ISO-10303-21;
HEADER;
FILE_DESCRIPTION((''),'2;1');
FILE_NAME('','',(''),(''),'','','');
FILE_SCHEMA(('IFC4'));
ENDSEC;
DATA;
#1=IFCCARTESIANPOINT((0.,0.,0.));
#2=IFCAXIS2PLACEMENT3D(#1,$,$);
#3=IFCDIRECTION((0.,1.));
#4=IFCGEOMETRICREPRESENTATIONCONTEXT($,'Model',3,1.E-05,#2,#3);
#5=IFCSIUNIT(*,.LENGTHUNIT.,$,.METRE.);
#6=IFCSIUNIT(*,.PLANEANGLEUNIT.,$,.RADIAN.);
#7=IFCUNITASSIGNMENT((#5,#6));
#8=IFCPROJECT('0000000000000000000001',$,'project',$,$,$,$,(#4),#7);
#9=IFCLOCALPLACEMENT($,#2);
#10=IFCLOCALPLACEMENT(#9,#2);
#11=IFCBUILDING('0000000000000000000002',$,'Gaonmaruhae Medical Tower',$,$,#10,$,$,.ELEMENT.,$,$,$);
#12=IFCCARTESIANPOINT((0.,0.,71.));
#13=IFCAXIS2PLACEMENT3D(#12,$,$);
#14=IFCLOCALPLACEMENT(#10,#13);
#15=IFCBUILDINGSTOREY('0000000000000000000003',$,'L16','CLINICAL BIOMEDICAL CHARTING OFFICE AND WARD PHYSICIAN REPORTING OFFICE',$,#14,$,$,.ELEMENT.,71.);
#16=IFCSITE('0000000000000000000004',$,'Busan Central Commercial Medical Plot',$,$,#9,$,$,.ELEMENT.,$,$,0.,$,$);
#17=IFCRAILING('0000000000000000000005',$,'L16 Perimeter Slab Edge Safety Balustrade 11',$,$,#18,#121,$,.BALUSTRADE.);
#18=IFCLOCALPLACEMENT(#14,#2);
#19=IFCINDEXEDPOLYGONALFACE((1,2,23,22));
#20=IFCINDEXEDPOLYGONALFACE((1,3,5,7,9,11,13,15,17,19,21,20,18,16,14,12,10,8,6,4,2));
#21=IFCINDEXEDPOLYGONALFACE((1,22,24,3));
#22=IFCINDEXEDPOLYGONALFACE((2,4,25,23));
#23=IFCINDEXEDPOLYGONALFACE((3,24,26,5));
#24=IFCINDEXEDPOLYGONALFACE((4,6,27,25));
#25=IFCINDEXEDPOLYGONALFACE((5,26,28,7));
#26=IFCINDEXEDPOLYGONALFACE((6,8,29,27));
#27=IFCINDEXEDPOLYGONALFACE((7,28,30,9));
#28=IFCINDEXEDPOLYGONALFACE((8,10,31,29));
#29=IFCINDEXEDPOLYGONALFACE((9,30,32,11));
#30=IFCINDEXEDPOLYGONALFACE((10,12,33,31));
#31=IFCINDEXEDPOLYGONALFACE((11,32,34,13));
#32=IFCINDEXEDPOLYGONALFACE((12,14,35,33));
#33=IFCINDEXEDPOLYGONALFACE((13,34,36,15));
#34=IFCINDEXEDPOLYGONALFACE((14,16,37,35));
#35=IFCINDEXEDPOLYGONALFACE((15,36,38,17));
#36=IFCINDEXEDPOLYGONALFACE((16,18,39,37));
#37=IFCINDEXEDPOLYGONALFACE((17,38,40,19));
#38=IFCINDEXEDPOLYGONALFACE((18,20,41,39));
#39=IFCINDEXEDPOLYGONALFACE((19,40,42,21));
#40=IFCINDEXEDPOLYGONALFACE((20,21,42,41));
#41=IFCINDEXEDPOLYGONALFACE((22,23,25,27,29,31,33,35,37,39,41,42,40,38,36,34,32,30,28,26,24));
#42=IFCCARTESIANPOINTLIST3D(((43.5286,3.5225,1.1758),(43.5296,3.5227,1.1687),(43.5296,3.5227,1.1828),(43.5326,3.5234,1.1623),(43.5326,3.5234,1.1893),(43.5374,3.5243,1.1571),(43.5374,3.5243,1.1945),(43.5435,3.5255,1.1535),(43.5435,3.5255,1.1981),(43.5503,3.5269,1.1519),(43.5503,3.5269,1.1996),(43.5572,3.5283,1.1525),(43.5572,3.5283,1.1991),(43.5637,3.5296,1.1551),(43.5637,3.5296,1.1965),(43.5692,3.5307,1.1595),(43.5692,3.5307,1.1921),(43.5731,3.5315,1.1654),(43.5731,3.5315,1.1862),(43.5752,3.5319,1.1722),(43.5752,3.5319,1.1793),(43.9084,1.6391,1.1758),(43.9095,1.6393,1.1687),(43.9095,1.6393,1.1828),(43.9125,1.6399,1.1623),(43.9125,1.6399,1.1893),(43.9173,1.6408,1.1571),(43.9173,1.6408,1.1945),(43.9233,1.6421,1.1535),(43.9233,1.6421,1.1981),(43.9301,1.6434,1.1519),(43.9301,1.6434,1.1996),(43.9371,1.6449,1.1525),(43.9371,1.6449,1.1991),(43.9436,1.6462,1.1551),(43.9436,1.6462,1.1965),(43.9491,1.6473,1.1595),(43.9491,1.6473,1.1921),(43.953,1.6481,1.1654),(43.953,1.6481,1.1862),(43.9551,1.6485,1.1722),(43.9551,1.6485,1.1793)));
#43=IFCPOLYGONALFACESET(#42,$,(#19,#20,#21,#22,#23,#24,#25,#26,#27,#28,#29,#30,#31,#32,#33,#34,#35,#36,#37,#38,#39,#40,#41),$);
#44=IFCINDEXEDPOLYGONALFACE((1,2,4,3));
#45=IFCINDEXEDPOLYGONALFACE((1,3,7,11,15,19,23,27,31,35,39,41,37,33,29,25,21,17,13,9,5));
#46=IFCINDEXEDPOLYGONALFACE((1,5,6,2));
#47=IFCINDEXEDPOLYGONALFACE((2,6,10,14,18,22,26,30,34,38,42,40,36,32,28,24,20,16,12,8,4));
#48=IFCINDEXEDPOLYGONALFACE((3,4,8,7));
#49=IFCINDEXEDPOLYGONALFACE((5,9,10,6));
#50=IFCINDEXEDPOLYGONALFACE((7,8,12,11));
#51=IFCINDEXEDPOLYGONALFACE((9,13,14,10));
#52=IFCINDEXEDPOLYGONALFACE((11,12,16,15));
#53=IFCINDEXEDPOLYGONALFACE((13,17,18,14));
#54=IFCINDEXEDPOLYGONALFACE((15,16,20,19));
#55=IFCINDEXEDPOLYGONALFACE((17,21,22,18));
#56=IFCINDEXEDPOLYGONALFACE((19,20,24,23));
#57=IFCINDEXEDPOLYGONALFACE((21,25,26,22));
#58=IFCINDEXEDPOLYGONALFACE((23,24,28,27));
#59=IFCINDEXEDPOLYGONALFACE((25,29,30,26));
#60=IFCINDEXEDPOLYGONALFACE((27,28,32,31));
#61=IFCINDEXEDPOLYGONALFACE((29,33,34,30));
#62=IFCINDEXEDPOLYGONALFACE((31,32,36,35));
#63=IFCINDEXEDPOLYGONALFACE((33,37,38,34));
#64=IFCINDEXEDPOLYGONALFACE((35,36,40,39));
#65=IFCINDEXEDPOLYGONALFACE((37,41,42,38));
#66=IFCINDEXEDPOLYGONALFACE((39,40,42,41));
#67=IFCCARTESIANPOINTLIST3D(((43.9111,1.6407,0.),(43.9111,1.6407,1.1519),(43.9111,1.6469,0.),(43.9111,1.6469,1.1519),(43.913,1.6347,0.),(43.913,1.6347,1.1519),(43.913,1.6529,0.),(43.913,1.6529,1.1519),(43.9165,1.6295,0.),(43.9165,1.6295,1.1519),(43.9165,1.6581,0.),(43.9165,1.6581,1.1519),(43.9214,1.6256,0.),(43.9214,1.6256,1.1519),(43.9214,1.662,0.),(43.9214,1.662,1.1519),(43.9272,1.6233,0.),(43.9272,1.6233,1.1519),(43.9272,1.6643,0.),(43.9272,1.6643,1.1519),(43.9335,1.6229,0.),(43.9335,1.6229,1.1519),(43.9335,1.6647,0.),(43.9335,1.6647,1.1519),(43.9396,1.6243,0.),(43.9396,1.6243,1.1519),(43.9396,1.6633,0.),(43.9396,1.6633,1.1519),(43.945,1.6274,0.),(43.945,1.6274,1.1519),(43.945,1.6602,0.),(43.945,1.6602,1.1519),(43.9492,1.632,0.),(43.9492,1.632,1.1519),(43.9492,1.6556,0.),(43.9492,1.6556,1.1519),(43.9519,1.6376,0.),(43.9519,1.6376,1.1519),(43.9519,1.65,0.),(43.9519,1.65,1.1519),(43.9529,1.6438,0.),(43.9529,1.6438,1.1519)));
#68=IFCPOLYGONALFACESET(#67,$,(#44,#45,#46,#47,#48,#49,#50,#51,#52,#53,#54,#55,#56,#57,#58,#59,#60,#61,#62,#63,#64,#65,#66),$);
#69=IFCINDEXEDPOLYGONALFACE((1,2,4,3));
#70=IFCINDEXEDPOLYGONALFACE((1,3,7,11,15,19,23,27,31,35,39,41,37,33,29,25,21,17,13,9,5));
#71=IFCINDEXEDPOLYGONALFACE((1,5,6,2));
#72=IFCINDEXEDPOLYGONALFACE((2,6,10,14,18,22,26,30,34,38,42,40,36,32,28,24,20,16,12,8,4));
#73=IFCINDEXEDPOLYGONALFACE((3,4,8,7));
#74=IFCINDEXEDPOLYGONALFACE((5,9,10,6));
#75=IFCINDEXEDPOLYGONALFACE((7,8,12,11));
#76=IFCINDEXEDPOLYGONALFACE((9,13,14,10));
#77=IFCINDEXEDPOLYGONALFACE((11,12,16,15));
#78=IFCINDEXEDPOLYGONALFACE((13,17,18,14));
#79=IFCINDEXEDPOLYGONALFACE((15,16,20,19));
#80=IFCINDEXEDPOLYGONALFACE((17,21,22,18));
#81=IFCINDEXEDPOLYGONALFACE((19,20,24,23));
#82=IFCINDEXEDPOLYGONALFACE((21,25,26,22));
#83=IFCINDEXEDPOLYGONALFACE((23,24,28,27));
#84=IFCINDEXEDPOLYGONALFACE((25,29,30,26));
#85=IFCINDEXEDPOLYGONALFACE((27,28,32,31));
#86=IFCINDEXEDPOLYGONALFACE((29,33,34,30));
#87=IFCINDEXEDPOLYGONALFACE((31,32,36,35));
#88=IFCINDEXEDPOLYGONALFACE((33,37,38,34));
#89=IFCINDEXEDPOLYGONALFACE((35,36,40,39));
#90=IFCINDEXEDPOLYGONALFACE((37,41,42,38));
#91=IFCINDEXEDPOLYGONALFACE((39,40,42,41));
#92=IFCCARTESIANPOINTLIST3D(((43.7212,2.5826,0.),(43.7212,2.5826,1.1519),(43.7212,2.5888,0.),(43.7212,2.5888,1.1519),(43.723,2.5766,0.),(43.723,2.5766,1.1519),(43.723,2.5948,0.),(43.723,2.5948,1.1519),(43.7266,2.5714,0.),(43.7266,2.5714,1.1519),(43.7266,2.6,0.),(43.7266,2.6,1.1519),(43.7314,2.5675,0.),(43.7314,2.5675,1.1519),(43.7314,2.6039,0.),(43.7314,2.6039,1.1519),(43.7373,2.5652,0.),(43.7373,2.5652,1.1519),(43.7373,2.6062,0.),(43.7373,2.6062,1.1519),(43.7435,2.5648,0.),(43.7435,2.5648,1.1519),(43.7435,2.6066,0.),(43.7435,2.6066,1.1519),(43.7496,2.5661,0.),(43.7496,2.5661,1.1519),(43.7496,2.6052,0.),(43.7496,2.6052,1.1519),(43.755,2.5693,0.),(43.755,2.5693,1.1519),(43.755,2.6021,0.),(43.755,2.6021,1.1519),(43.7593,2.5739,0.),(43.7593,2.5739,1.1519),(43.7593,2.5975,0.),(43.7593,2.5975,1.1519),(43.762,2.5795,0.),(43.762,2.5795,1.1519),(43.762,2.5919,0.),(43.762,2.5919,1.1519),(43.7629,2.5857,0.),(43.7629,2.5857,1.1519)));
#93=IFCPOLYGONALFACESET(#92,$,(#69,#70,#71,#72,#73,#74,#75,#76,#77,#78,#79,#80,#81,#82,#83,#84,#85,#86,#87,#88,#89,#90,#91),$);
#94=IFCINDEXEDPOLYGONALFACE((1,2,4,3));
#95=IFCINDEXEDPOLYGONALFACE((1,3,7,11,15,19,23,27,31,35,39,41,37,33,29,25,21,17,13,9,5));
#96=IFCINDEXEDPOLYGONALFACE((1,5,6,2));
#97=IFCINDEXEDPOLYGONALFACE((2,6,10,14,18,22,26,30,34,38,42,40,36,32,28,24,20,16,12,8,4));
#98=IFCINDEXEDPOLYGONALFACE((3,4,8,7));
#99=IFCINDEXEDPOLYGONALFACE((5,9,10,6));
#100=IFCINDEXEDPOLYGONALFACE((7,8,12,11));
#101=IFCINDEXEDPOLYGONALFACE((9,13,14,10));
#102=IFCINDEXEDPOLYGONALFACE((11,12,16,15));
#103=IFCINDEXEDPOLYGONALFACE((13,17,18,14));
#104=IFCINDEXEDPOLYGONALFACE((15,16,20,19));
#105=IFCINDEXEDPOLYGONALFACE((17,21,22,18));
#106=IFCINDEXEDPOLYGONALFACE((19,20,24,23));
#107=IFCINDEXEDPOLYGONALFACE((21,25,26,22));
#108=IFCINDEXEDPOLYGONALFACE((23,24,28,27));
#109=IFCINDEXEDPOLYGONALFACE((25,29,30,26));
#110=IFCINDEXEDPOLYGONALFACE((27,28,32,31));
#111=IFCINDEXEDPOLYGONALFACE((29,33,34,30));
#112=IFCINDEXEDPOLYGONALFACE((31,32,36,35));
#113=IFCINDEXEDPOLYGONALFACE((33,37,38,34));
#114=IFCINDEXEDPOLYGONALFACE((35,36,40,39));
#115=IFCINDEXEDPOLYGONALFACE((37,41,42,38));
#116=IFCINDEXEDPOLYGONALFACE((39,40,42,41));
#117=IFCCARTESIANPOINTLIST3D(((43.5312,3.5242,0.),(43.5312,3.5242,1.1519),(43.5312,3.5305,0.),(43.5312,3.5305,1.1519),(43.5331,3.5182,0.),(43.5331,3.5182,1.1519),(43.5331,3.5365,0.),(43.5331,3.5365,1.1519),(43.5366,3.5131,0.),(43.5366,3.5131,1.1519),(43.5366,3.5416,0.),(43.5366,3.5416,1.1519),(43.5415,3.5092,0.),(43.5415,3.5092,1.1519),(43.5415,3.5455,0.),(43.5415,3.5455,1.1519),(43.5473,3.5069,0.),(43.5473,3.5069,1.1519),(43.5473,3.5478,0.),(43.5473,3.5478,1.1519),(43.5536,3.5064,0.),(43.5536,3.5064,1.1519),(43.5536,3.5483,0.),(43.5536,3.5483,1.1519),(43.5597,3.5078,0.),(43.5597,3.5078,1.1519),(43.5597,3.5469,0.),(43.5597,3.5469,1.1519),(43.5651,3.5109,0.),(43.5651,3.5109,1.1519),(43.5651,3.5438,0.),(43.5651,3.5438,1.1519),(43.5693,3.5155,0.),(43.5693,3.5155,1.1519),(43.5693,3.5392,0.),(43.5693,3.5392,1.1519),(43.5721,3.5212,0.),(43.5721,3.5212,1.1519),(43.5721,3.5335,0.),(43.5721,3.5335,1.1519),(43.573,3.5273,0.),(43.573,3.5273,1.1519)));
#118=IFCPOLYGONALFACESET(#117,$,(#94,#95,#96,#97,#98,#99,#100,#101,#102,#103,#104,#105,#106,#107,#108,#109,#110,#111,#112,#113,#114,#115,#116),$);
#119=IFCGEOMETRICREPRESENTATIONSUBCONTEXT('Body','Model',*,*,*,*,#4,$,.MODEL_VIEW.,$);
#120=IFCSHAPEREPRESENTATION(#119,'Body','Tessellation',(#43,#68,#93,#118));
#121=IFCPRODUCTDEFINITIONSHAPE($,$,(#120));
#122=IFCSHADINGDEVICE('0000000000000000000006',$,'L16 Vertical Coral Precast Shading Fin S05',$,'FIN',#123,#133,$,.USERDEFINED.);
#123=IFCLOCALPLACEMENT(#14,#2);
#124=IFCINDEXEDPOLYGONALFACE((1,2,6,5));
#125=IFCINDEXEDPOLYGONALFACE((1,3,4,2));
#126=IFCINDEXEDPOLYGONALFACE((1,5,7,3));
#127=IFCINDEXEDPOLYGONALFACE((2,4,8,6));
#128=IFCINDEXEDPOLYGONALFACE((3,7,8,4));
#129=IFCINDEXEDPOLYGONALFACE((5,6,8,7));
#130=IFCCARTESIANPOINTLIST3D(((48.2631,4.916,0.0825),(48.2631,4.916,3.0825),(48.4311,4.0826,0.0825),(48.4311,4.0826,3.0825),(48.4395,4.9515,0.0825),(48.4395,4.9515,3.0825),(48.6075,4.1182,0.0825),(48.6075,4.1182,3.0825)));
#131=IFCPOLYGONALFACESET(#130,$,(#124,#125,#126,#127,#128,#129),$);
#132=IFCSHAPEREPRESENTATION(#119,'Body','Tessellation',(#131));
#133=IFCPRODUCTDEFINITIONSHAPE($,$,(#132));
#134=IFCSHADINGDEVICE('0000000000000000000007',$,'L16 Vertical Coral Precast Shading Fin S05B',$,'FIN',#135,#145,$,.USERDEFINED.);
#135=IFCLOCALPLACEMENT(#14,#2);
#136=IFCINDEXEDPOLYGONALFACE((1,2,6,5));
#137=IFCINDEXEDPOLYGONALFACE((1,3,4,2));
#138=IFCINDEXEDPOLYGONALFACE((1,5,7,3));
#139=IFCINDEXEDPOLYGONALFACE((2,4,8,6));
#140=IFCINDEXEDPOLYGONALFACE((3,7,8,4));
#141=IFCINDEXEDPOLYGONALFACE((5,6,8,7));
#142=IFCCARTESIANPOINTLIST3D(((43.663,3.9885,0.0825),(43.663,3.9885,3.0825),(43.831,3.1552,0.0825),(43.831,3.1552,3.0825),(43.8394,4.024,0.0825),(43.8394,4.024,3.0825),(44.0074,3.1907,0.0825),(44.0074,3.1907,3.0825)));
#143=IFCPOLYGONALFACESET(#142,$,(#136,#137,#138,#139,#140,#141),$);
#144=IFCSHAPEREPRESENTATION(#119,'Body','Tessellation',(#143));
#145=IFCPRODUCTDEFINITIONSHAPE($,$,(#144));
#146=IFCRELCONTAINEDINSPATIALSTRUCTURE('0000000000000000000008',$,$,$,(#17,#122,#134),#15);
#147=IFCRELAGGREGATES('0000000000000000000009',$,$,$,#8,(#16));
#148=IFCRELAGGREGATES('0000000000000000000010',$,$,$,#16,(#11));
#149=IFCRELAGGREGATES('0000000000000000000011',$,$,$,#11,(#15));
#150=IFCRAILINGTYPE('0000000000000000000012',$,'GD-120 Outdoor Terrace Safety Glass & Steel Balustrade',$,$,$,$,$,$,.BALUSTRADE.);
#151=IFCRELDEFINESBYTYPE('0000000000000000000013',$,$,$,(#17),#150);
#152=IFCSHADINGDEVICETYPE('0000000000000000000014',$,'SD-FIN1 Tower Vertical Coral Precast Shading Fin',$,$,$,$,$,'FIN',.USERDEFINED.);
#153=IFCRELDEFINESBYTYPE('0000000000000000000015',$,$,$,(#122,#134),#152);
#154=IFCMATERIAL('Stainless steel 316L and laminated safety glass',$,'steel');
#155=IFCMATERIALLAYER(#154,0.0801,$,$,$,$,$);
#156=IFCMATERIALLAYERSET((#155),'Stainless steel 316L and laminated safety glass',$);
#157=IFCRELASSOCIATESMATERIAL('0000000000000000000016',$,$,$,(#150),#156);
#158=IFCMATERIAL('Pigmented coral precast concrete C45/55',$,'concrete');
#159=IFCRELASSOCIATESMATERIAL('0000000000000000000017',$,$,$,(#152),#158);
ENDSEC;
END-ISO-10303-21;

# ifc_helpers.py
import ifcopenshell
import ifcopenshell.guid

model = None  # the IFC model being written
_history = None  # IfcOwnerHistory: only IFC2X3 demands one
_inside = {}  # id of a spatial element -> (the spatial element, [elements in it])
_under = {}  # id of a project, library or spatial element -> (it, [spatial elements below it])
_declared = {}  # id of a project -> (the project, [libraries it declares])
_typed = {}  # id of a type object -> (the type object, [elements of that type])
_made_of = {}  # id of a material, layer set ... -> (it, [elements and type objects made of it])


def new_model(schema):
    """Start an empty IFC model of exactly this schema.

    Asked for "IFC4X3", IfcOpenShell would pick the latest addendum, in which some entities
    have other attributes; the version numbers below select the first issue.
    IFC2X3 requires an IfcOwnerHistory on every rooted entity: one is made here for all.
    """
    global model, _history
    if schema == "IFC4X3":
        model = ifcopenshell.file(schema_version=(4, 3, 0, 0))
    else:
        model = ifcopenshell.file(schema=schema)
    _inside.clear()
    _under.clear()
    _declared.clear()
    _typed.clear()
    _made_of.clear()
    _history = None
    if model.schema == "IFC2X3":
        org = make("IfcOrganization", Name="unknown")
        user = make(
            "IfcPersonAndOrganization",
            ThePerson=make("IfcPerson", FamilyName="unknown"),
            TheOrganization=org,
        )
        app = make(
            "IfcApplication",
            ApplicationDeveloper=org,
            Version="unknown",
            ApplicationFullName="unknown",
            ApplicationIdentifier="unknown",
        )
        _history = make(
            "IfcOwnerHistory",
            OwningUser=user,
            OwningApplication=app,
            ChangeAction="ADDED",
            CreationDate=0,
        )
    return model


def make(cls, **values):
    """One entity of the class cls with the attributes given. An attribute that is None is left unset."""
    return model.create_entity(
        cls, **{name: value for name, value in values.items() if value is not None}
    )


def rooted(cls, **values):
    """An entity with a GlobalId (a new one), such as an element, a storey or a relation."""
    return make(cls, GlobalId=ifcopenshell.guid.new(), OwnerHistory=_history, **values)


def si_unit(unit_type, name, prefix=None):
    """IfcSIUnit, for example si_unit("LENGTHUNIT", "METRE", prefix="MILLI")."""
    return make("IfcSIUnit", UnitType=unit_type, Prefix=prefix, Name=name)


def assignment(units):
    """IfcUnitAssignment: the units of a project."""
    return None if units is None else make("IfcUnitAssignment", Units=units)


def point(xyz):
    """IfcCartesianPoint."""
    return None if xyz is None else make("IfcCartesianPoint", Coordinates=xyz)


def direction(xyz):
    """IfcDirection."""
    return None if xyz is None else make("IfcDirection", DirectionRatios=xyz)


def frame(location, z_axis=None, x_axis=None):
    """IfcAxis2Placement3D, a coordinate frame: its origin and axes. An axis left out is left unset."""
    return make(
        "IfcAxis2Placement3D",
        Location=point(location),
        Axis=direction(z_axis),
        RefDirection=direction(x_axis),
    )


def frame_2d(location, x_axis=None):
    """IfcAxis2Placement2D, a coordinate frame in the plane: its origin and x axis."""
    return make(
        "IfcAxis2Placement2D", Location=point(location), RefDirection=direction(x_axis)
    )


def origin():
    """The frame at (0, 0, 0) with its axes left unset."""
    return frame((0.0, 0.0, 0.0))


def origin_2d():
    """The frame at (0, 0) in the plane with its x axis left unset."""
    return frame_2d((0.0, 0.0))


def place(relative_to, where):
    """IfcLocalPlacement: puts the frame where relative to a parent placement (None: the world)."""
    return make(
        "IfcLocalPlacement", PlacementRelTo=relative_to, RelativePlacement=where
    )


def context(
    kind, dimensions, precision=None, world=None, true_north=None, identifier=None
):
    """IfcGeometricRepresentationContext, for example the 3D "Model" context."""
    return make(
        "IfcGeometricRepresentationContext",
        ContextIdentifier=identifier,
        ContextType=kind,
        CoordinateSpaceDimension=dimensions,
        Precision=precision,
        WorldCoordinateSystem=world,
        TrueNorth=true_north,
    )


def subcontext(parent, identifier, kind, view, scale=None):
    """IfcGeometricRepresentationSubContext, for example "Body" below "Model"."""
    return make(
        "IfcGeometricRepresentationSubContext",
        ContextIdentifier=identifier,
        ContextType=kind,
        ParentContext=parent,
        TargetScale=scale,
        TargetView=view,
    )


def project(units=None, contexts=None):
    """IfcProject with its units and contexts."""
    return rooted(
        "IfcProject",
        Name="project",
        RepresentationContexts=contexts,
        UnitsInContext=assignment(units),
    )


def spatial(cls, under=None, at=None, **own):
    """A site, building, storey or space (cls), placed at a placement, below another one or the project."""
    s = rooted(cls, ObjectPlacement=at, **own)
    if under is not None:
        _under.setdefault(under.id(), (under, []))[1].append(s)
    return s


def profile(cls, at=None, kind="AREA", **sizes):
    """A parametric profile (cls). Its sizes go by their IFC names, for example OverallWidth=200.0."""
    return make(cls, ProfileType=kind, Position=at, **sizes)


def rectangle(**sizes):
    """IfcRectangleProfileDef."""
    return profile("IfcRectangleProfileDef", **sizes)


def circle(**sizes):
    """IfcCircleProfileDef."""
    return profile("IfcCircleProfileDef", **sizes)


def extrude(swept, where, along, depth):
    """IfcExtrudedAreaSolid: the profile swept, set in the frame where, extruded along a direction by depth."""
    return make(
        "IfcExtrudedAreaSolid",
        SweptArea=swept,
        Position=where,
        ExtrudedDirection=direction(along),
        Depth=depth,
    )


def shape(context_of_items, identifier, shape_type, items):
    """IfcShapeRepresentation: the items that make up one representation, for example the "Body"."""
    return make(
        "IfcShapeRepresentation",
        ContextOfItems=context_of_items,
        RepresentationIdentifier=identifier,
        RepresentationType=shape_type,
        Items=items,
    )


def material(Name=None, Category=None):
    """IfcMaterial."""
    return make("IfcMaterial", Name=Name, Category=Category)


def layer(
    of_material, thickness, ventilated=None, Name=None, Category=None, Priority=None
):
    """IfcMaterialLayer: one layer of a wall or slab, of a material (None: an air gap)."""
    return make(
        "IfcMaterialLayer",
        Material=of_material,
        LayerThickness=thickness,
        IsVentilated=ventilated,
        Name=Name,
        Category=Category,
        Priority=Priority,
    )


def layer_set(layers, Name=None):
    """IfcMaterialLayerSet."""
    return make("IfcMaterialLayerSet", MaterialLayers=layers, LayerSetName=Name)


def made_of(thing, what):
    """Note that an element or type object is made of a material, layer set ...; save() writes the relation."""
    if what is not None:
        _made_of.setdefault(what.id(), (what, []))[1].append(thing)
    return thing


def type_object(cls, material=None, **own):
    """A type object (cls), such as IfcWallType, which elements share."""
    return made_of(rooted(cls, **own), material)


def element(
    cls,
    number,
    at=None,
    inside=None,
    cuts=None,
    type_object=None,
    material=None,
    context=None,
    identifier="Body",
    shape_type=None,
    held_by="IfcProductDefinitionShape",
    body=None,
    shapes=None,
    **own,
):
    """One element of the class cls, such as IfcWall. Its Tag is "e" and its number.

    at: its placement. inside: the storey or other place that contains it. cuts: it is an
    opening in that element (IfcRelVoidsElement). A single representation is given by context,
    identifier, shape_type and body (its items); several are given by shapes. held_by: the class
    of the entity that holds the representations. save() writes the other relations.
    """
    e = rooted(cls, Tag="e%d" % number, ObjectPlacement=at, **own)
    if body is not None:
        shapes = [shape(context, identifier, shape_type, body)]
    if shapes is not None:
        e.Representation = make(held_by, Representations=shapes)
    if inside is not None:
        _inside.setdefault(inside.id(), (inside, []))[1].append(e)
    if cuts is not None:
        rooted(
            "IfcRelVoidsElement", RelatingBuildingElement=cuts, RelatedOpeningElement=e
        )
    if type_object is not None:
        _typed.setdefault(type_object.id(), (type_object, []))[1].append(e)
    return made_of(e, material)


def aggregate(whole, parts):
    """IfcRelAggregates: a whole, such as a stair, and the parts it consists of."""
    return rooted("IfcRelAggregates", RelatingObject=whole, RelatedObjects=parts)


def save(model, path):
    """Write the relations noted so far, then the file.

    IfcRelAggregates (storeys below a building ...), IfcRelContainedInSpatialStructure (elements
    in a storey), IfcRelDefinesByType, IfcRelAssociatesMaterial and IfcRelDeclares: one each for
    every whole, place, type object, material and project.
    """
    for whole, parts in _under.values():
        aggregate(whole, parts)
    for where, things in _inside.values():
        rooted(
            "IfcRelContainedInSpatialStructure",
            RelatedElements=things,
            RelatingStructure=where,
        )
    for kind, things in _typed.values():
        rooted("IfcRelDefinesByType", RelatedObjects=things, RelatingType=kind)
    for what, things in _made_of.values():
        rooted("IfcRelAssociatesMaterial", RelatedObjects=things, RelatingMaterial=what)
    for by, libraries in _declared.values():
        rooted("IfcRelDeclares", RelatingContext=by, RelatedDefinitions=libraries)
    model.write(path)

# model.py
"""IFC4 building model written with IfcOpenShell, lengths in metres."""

from ifc_helpers import new_model, si_unit, direction, frame, origin, origin_2d, place, context, subcontext, project, spatial, rectangle, circle, extrude, material, layer, layer_set, type_object, element, save


model = new_model("IFC4")

# Units and contexts
model_context = context("Model", 3, precision=1e-05, world=origin(), true_north=direction((0.0, 1.0)))
body_context = subcontext(model_context, "Body", "Model", "MODEL_VIEW")
ifc_project = project(units=[si_unit("LENGTHUNIT", "METRE"), si_unit("PLANEANGLEUNIT", "RADIAN")], contexts=[model_context])

# Site, building, storey
site_placement = place(None, origin())
site = spatial("IfcSite", under=ifc_project, at=site_placement, Name="Busan Central Commercial Medical Plot", CompositionType="ELEMENT", RefElevation=0.0)
building_placement = place(site_placement, origin())
building = spatial("IfcBuilding", under=site, at=building_placement, Name="Gaonmaruhae Medical Tower", CompositionType="ELEMENT")
storey_placement = place(building_placement, frame((0.0, 0.0, 71.0)))
storey = spatial("IfcBuildingStorey", under=building, at=storey_placement, Name="L16", Description="CLINICAL BIOMEDICAL CHARTING OFFICE AND WARD PHYSICIAN REPORTING OFFICE", CompositionType="ELEMENT", Elevation=71.0)

# Railing
ifc_material_1 = material(Name="Stainless steel 316L and laminated safety glass", Category="steel")
ifc_layer_1 = layer(ifc_material_1, 0.0801)
ifc_layer_set_1 = layer_set([ifc_layer_1], Name="Stainless steel 316L and laminated safety glass")
railing_type = type_object("IfcRailingType", Name="GD-120 Outdoor Terrace Safety Glass & Steel Balustrade", PredefinedType="BALUSTRADE", material=ifc_layer_set_1)
railing_1_placement = place(storey_placement, frame((43.9319, 1.6438, 0.0)))
element("IfcRailing", 1, at=railing_1_placement, inside=storey, type_object=railing_type, Name="L16 Perimeter Slab Edge Safety Balustrade 11", PredefinedType="BALUSTRADE", context=body_context, shape_type="SweptSolid", body=[
    extrude(circle(Radius=0.0239, at=origin_2d()), frame((0.0, 0.0, 1.1758), z_axis=(-0.197704, 0.980262, 0.0), x_axis=(-0.980262, -0.197704, 0.0)), (0.0, 0.0, 1.0), 1.9214),
    extrude(circle(Radius=0.021, at=origin_2d()), origin(), (0.0, 0.0, 1.0), 1.1519),
    extrude(circle(Radius=0.021, at=origin_2d()), frame((-0.1899, 0.9419, 0.0)), (0.0, 0.0, 1.0), 1.1519),
    extrude(circle(Radius=0.021, at=origin_2d()), frame((-0.3799, 1.8835, 0.0)), (0.0, 0.0, 1.0), 1.1519),
])

# Shading devices
ifc_material_2 = material(Name="Pigmented coral precast concrete C45/55", Category="concrete")
shading_device_type = type_object("IfcShadingDeviceType", Name="SD-FIN1 Tower Vertical Coral Precast Shading Fin", ElementType="FIN", PredefinedType="USERDEFINED", material=ifc_material_2)
for number, where, z_axis, x_axis, name in (
    (2, (48.4353, 4.5171, 0.0825), (0.0, 0.0, 1.0), (-0.980271, -0.197657, 0.0), "L16 Vertical Coral Precast Shading Fin S05"),
    (3, (43.8352, 3.5896, 0.0825), (0.0, 0.0, 1.0), (-0.980271, -0.197657, 0.0), "L16 Vertical Coral Precast Shading Fin S05B"),
):
    element("IfcShadingDevice", number, at=place(storey_placement, frame(where, z_axis=z_axis, x_axis=x_axis)), inside=storey, type_object=shading_device_type, Name=name, ObjectType="FIN", PredefinedType="USERDEFINED", context=body_context, shape_type="SweptSolid", body=[
        extrude(rectangle(XDim=0.1799, YDim=0.8501, at=origin_2d()), origin(), (0.0, 0.0, 1.0), 3.0),
    ])

save(model, "model.ifc")
